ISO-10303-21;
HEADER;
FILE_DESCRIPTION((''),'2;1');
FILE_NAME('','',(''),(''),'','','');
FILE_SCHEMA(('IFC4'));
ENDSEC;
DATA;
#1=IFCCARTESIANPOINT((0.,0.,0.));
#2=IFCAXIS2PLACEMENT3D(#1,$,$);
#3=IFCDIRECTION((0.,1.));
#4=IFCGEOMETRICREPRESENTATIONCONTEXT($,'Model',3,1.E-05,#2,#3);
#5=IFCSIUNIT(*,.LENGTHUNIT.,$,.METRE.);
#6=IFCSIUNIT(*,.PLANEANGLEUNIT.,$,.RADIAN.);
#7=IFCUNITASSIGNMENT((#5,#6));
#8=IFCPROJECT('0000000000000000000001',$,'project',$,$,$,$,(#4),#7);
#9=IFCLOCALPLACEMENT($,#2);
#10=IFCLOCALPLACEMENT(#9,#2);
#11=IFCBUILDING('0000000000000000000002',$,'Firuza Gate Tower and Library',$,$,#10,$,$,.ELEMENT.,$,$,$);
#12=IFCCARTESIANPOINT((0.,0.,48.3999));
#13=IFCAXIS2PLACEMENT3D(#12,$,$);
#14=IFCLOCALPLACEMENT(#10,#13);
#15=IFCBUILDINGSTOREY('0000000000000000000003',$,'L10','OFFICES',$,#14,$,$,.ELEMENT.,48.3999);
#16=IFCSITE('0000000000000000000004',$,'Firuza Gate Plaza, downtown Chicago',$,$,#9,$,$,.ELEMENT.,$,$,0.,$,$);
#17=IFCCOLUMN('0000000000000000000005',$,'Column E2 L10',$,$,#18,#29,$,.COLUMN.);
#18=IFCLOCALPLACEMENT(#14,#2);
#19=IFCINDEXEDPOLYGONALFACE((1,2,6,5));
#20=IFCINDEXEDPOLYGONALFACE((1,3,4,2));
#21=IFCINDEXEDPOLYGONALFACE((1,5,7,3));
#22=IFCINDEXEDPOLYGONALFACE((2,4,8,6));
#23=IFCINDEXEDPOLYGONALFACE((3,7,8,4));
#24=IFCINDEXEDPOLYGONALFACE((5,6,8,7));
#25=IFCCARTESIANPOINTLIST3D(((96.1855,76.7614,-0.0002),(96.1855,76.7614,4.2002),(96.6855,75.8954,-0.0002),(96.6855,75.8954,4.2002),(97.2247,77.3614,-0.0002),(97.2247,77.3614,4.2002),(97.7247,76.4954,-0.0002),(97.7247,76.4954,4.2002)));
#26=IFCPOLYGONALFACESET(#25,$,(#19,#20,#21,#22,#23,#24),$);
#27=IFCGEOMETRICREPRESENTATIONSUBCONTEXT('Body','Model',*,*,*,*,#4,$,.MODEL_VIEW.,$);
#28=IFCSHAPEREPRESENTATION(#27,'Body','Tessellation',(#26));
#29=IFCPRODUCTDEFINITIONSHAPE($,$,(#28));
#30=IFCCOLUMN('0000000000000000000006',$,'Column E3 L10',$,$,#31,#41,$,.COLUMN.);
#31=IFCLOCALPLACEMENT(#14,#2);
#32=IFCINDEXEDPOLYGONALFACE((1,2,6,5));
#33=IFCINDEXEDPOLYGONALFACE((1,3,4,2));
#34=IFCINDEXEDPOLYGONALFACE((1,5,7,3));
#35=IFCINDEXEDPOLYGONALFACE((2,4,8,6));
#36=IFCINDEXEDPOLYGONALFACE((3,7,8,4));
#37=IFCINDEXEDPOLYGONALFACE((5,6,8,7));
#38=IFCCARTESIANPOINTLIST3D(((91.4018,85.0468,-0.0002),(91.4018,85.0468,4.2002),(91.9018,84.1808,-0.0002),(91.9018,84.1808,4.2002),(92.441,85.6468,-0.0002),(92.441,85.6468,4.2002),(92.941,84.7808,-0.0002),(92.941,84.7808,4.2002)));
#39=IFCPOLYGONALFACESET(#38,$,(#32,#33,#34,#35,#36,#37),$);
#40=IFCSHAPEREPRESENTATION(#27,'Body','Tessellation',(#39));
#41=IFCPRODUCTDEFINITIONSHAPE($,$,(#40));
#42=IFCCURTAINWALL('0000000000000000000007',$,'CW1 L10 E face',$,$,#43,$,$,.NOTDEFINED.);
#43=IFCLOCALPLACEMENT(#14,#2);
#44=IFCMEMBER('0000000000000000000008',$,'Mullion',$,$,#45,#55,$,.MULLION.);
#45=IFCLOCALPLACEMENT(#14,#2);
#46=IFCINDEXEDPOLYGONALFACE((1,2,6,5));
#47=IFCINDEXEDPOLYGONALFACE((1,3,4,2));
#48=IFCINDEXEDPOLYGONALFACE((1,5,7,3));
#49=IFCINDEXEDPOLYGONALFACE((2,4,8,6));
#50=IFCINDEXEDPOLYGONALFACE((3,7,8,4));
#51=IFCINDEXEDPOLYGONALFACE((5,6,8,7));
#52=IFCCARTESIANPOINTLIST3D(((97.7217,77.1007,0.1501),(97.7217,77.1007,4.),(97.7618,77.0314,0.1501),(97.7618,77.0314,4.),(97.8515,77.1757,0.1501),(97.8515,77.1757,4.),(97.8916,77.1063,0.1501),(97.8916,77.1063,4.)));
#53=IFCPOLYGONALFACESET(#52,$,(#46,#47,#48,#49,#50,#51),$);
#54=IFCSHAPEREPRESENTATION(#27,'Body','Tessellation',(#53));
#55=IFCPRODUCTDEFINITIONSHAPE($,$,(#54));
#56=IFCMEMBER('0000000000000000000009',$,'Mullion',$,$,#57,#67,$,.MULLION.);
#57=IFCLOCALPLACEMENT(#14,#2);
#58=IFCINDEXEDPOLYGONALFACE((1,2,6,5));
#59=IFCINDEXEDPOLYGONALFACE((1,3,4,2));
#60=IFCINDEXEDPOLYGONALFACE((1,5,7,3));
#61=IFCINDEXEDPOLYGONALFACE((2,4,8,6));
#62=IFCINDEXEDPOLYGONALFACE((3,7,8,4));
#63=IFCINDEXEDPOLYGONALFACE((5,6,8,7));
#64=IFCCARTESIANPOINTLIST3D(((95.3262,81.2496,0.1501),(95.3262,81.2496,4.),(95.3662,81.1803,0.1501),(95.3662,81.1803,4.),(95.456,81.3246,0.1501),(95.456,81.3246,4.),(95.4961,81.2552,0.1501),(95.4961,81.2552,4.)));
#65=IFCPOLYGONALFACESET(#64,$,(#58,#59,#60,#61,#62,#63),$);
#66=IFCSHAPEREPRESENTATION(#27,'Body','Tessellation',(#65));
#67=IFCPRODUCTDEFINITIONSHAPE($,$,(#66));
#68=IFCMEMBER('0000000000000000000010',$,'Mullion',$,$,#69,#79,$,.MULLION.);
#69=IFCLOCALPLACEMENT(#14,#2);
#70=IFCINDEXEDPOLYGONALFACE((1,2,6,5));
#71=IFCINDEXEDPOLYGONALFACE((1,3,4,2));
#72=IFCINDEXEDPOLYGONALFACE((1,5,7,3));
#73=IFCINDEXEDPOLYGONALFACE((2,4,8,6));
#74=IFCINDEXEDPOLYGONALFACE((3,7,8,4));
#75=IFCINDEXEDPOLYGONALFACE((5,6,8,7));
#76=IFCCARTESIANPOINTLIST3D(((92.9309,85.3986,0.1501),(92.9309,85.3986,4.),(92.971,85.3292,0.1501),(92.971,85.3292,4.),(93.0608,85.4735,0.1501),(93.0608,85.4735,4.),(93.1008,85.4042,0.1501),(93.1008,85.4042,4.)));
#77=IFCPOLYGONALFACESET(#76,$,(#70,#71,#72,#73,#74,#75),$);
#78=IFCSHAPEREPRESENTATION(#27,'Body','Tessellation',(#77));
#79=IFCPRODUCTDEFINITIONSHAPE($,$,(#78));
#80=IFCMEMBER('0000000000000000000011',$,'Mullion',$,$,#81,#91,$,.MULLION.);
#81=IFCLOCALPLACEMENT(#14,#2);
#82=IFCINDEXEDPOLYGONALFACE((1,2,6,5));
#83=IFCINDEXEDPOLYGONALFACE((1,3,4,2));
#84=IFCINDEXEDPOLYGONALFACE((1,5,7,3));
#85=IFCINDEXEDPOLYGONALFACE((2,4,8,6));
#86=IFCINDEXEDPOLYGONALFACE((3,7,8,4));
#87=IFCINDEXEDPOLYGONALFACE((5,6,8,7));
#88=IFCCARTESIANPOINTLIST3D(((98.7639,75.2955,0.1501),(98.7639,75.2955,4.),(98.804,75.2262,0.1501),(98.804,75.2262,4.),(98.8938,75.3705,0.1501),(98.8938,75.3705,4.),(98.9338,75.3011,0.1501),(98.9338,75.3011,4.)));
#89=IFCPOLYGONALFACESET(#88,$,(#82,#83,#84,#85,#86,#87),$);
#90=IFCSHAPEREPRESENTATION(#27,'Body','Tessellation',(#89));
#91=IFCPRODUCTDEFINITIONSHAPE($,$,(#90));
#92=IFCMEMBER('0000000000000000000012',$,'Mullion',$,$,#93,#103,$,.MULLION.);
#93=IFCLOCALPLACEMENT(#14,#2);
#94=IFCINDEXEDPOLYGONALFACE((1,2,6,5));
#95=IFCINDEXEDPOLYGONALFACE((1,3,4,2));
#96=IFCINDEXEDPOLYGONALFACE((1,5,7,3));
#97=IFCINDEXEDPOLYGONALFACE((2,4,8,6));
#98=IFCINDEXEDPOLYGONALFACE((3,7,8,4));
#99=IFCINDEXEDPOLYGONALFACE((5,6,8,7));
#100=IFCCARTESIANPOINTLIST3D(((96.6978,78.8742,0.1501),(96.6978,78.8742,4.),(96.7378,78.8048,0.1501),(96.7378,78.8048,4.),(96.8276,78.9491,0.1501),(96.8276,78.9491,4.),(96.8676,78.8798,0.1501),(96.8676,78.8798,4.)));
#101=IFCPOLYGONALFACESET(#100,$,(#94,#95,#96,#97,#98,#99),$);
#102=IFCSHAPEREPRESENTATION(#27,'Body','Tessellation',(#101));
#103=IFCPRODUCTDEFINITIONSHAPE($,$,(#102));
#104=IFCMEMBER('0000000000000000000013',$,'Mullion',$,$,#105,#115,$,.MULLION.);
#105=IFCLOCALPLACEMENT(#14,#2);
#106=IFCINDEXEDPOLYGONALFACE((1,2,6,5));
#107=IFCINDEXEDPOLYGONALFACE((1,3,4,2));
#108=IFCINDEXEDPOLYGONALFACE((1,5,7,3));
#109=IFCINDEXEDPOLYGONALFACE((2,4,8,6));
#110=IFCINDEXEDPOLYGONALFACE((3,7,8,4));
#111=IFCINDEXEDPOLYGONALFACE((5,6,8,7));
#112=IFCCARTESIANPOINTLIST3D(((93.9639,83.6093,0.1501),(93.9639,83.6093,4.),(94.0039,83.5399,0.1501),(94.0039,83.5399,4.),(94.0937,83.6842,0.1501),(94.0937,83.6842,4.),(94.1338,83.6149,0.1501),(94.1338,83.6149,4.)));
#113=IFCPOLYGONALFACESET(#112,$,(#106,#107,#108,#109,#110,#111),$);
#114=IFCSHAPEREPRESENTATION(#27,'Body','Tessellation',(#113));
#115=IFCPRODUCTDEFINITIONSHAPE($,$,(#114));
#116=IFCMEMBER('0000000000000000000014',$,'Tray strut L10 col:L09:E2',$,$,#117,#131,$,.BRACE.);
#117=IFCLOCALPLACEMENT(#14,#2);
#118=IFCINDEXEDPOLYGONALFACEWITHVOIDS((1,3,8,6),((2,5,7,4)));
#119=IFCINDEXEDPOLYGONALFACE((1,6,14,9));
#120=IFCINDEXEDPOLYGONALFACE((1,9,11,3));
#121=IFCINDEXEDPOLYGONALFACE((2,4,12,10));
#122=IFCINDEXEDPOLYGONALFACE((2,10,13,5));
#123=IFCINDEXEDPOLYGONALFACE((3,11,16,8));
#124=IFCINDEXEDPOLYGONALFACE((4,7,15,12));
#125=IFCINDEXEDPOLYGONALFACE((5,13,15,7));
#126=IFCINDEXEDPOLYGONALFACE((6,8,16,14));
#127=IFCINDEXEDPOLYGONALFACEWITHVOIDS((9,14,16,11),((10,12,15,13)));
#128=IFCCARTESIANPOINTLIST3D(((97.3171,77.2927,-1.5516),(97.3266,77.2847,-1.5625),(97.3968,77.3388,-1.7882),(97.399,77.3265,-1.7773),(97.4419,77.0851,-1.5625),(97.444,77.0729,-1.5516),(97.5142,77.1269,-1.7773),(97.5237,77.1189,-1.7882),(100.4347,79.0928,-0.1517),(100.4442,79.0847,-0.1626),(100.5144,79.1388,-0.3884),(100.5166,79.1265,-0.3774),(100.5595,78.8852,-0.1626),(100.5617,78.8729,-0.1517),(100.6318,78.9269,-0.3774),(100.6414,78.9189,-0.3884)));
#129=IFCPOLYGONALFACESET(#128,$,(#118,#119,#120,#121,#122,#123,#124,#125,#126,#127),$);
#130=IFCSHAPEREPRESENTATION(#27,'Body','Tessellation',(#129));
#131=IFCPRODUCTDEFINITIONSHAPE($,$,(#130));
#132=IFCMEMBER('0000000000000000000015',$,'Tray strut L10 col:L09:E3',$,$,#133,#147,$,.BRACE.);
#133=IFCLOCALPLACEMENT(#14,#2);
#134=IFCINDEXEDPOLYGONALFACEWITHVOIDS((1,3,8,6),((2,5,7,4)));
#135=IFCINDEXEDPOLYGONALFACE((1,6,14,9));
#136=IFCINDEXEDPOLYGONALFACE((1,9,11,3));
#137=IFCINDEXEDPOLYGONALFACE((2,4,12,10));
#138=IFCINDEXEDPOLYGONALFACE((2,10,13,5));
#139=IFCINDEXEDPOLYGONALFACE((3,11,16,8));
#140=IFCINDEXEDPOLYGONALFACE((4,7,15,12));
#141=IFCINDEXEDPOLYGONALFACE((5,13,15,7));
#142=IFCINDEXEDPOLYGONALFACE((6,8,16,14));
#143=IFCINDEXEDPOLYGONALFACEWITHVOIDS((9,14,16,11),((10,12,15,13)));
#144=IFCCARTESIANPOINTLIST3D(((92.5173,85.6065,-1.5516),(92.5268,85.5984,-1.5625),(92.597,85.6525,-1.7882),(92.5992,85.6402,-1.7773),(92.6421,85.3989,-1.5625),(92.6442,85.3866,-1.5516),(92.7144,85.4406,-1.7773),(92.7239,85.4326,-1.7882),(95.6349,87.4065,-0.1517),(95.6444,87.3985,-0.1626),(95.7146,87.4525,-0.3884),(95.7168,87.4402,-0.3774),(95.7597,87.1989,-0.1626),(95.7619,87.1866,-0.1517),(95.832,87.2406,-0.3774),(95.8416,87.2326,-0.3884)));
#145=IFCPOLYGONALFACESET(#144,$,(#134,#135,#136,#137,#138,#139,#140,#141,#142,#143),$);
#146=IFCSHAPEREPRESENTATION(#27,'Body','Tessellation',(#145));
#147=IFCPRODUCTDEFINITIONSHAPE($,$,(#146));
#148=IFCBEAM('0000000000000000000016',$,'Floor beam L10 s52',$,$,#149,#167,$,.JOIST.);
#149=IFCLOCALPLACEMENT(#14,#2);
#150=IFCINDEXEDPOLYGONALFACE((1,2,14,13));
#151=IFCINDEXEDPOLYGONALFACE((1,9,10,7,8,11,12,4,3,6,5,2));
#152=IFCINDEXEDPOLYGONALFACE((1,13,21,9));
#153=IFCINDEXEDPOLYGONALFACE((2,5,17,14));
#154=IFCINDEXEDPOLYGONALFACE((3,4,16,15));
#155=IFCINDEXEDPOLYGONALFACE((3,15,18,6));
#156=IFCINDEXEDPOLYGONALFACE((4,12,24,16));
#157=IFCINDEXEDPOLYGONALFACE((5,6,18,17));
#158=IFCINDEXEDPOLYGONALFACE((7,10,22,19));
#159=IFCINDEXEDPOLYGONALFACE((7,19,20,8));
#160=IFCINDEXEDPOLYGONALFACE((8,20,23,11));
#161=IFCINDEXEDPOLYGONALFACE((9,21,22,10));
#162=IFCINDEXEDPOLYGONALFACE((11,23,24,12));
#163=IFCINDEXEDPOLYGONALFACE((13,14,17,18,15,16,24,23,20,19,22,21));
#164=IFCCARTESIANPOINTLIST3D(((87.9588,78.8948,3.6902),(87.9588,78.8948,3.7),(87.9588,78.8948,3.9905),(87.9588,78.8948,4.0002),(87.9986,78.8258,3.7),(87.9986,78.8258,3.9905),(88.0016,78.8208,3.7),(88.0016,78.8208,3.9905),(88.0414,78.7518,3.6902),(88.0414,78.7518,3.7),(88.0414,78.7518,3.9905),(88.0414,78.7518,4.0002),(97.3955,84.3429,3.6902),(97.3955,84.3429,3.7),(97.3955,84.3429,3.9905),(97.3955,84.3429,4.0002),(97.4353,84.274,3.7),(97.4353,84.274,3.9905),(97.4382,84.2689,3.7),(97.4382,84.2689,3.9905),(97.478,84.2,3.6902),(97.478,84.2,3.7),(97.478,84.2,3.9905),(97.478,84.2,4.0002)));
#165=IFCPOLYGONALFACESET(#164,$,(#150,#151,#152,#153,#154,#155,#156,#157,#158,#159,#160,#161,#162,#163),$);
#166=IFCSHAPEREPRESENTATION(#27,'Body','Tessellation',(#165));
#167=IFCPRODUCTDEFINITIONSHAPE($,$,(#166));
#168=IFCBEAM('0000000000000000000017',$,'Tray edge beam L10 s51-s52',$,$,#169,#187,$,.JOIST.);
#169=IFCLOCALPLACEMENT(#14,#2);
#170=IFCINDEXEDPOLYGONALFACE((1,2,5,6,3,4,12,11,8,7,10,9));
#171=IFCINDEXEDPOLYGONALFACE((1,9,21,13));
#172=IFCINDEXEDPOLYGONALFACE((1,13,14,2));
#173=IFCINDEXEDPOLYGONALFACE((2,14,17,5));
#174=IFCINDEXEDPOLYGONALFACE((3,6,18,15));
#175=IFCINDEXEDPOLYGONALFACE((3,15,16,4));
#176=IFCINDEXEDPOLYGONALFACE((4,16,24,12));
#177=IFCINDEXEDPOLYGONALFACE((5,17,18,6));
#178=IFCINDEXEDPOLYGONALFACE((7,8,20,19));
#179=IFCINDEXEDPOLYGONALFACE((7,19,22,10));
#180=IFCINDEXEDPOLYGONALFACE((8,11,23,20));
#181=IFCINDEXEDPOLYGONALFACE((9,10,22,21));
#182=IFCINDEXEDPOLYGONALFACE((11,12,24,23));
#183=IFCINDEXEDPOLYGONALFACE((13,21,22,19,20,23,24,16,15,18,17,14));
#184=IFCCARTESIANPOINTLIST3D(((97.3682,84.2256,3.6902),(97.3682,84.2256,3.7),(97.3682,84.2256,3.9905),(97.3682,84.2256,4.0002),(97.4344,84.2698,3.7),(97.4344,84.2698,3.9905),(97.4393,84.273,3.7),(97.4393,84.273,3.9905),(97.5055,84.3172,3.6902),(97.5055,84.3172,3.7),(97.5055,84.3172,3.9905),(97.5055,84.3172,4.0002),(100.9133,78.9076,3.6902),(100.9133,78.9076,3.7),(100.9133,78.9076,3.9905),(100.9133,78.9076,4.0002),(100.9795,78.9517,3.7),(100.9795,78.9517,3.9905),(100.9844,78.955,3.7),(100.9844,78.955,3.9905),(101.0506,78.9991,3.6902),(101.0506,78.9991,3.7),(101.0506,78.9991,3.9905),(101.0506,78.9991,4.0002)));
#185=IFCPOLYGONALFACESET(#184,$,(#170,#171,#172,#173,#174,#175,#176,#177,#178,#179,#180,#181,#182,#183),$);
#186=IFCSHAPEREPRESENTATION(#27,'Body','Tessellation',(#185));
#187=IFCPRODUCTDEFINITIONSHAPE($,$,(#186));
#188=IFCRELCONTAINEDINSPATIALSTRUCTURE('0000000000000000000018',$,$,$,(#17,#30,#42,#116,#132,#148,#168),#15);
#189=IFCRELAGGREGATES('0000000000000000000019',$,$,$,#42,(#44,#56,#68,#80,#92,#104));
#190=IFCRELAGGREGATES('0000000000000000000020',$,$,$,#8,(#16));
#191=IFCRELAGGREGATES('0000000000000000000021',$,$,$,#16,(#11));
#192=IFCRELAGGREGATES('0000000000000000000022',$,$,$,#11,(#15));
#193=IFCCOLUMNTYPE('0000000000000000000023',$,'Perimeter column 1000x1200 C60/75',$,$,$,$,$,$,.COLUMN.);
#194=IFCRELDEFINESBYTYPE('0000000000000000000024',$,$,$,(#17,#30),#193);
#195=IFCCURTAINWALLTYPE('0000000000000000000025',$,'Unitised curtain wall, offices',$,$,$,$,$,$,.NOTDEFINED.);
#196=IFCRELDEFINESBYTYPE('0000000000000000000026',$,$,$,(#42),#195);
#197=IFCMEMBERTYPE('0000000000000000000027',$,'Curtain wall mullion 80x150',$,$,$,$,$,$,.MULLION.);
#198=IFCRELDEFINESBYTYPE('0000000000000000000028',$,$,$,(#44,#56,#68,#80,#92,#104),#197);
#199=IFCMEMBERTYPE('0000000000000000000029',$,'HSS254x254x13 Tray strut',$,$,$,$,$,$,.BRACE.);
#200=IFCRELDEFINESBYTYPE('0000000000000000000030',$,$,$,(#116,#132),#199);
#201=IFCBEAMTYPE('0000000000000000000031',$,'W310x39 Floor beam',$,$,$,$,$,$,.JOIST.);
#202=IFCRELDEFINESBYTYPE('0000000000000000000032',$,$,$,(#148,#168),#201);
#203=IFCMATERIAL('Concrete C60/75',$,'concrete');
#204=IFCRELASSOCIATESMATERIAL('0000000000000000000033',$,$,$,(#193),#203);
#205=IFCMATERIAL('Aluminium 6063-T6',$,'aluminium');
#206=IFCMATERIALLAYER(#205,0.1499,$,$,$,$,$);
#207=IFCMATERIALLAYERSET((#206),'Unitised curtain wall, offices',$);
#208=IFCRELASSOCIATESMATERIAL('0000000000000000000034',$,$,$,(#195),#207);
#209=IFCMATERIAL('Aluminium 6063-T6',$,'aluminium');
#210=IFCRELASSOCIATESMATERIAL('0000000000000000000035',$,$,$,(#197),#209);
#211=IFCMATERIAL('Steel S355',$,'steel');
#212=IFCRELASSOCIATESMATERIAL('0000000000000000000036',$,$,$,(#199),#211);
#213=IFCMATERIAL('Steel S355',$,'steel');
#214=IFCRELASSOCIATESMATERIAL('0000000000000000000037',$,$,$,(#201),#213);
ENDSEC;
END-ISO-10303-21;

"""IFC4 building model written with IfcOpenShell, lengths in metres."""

from ifc_helpers import new_model, si_unit, direction, frame, origin, origin_2d, place, context, subcontext, project, spatial, rectangle, hollow_rectangle, i_section, extrude, material, layer, layer_set, material_profile, profile_set, type_object, element, aggregate, save


model = new_model("IFC4")

# Units and contexts
model_context = context("Model", 3, precision=1e-05, world=origin(), true_north=direction((0.0, 1.0)))
body_context = subcontext(model_context, "Body", "Model", "MODEL_VIEW")
ifc_project = project(units=[si_unit("LENGTHUNIT", "METRE"), si_unit("PLANEANGLEUNIT", "RADIAN")], contexts=[model_context])

# Site, building, storey
site_placement = place(None, origin())
site = spatial("IfcSite", under=ifc_project, at=site_placement, Name="Firuza Gate Plaza, downtown Chicago", CompositionType="ELEMENT", RefElevation=0.0)
building_placement = place(site_placement, origin())
building = spatial("IfcBuilding", under=site, at=building_placement, Name="Firuza Gate Tower and Library", CompositionType="ELEMENT")
storey_placement = place(building_placement, frame((0.0, 0.0, 48.3999)))
storey = spatial("IfcBuildingStorey", under=building, at=storey_placement, Name="L10", Description="OFFICES", CompositionType="ELEMENT", Elevation=48.3999)

# Columns
ifc_material_1 = material(Name="Concrete C60/75", Category="concrete")
ifc_material_profile_1 = material_profile(ifc_material_1, rectangle(XDim=1.0, YDim=1.2, at=origin_2d()))
ifc_profile_set_1 = profile_set([ifc_material_profile_1], Name="Concrete C60/75")
column_type = type_object("IfcColumnType", Name="Perimeter column 1000x1200 C60/75", PredefinedType="COLUMN", material=ifc_profile_set_1)
for number, where, z_axis, x_axis, name in (
    (1, (96.9551, 76.6284, -0.0002), (0.0, 0.0, 1.0), (-0.5, 0.866025, 0.0), "Column E2 L10"),
    (2, (92.1714, 84.9138, -0.0002), (0.0, 0.0, 1.0), (-0.5, 0.866025, 0.0), "Column E3 L10"),
):
    element("IfcColumn", number, at=place(storey_placement, frame(where, z_axis=z_axis, x_axis=x_axis)), inside=storey, type_object=column_type, Name=name, PredefinedType="COLUMN", context=body_context, shape_type="SweptSolid", body=[
        extrude(rectangle(XDim=1.0, YDim=1.2, at=origin_2d()), origin(), (0.0, 0.0, 1.0), 4.2004),
    ])

# Curtain wall, members
ifc_material_2 = material(Name="Aluminium 6063-T6", Category="aluminium")
ifc_layer_1 = layer(ifc_material_2, 0.1499)
ifc_layer_set_1 = layer_set([ifc_layer_1], Name="Unitised curtain wall, offices")
curtain_wall_type = type_object("IfcCurtainWallType", Name="Unitised curtain wall, offices", PredefinedType="NOTDEFINED", material=ifc_layer_set_1)
curtain_wall_placement = place(storey_placement, origin())
curtain_wall = element("IfcCurtainWall", 3, at=curtain_wall_placement, inside=storey, type_object=curtain_wall_type, Name="CW1 L10 E face", PredefinedType="NOTDEFINED")
ifc_material_3 = material(Name="Aluminium 6063-T6", Category="aluminium")
ifc_material_profile_2 = material_profile(ifc_material_3, rectangle(XDim=0.1499, YDim=0.0801, at=origin_2d()))
ifc_profile_set_2 = profile_set([ifc_material_profile_2], Name="Aluminium 6063-T6")
member_type_1 = type_object("IfcMemberType", Name="Curtain wall mullion 80x150", PredefinedType="MULLION", material=ifc_profile_set_2)
member_1_placement = place(storey_placement, frame((97.8066, 77.1035, 0.1501), z_axis=(0.0, 0.0, 1.0), x_axis=(-0.866025, -0.5, 0.0)))
member_1 = element("IfcMember", 4, at=member_1_placement, type_object=member_type_1, Name="Mullion", PredefinedType="MULLION", context=body_context, shape_type="SweptSolid", body=[
    extrude(rectangle(XDim=0.1499, YDim=0.0801, at=origin_2d()), origin(), (0.0, 0.0, 1.0), 3.8499),
])
member_2_placement = place(storey_placement, frame((95.4111, 81.2524, 0.1501), z_axis=(0.0, 0.0, 1.0), x_axis=(-0.866025, -0.5, 0.0)))
member_2 = element("IfcMember", 5, at=member_2_placement, type_object=member_type_1, Name="Mullion", PredefinedType="MULLION", context=body_context, shape_type="SweptSolid", body=[
    extrude(rectangle(XDim=0.1499, YDim=0.0801, at=origin_2d()), origin(), (0.0, 0.0, 1.0), 3.8499),
])
member_3_placement = place(storey_placement, frame((93.0159, 85.4014, 0.1501), z_axis=(0.0, 0.0, 1.0), x_axis=(-0.866025, -0.5, 0.0)))
member_3 = element("IfcMember", 6, at=member_3_placement, type_object=member_type_1, Name="Mullion", PredefinedType="MULLION", context=body_context, shape_type="SweptSolid", body=[
    extrude(rectangle(XDim=0.1499, YDim=0.0801, at=origin_2d()), origin(), (0.0, 0.0, 1.0), 3.8499),
])
member_4_placement = place(storey_placement, frame((98.8489, 75.2983, 0.1501), z_axis=(0.0, 0.0, 1.0), x_axis=(-0.866025, -0.5, 0.0)))
member_4 = element("IfcMember", 7, at=member_4_placement, type_object=member_type_1, Name="Mullion", PredefinedType="MULLION", context=body_context, shape_type="SweptSolid", body=[
    extrude(rectangle(XDim=0.1499, YDim=0.0801, at=origin_2d()), origin(), (0.0, 0.0, 1.0), 3.8499),
])
member_5_placement = place(storey_placement, frame((96.7827, 78.877, 0.1501), z_axis=(0.0, 0.0, 1.0), x_axis=(-0.866025, -0.5, 0.0)))
member_5 = element("IfcMember", 8, at=member_5_placement, type_object=member_type_1, Name="Mullion", PredefinedType="MULLION", context=body_context, shape_type="SweptSolid", body=[
    extrude(rectangle(XDim=0.1499, YDim=0.0801, at=origin_2d()), origin(), (0.0, 0.0, 1.0), 3.8499),
])
member_6_placement = place(storey_placement, frame((94.0488, 83.6121, 0.1501), z_axis=(0.0, 0.0, 1.0), x_axis=(-0.866025, -0.5, 0.0)))
member_6 = element("IfcMember", 9, at=member_6_placement, type_object=member_type_1, Name="Mullion", PredefinedType="MULLION", context=body_context, shape_type="SweptSolid", body=[
    extrude(rectangle(XDim=0.1499, YDim=0.0801, at=origin_2d()), origin(), (0.0, 0.0, 1.0), 3.8499),
])

# Members
ifc_material_4 = material(Name="Steel S355", Category="steel")
ifc_material_profile_3 = material_profile(ifc_material_4, hollow_rectangle(XDim=0.2539, YDim=0.2539, WallThickness=0.0117, at=origin_2d()))
ifc_profile_set_3 = profile_set([ifc_material_profile_3], Name="Steel S355")
member_type_2 = type_object("IfcMemberType", Name="HSS254x254x13 Tray strut", PredefinedType="BRACE", material=ifc_profile_set_3)
for number, where, z_axis, x_axis, name in (
    (10, (97.4204, 77.2058, -1.6699), (0.807141, 0.466018, 0.362423), (-0.500012, 0.866018, 0.0), "Tray strut L10 col:L09:E2"),
    (11, (92.6206, 85.5195, -1.6699), (0.807141, 0.466018, 0.362423), (-0.500012, 0.866018, 0.0), "Tray strut L10 col:L09:E3"),
):
    element("IfcMember", number, at=place(storey_placement, frame(where, z_axis=z_axis, x_axis=x_axis)), inside=storey, type_object=member_type_2, Name=name, PredefinedType="BRACE", context=body_context, shape_type="SweptSolid", body=[
        extrude(hollow_rectangle(XDim=0.2539, YDim=0.2539, WallThickness=0.0117, at=origin_2d()), origin(), (0.0, 0.0, 1.0), 3.8625),
    ])

# Beams
ifc_material_5 = material(Name="Steel S355", Category="steel")
ifc_material_profile_4 = material_profile(ifc_material_5, i_section(OverallWidth=0.165, OverallDepth=0.3101, WebThickness=0.0059, FlangeThickness=0.0098, at=origin_2d()))
ifc_profile_set_4 = profile_set([ifc_material_profile_4], Name="Steel S355")
beam_type_1 = type_object("IfcBeamType", Name="W310x39 Floor beam", PredefinedType="JOIST", material=ifc_profile_set_4)
beam_1_placement = place(storey_placement, frame((97.4368, 84.2715, 3.8452), z_axis=(-0.866029, -0.499995, 0.0), x_axis=(0.499995, -0.866029, 0.0)))
element("IfcBeam", 12, at=beam_1_placement, inside=storey, type_object=beam_type_1, Name="Floor beam L10 s52", PredefinedType="JOIST", context=body_context, shape_type="SweptSolid", body=[
    extrude(i_section(OverallWidth=0.165, OverallDepth=0.3101, WebThickness=0.0059, FlangeThickness=0.0098, at=origin_2d()), origin(), (0.0, 0.0, 1.0), 10.8965),
])
for number, where, z_axis, x_axis, name in (
    (13, (100.9819, 78.9534, 3.8452), (-0.554674, 0.832068, 0.0), (-0.832068, -0.554674, 0.0), "Tray edge beam L10 s51-s52"),
):
    element("IfcBeam", number, at=place(storey_placement, frame(where, z_axis=z_axis, x_axis=x_axis)), inside=storey, type_object=beam_type_1, Name=name, PredefinedType="JOIST", context=body_context, shape_type="SweptSolid", body=[
        extrude(i_section(OverallWidth=0.165, OverallDepth=0.3101, WebThickness=0.0059, FlangeThickness=0.0098, at=origin_2d()), origin(), (0.0, 0.0, 1.0), 6.3914),
    ])

aggregate(curtain_wall, [member_1, member_2, member_3, member_4, member_5, member_6])

save(model, "model.ifc")
